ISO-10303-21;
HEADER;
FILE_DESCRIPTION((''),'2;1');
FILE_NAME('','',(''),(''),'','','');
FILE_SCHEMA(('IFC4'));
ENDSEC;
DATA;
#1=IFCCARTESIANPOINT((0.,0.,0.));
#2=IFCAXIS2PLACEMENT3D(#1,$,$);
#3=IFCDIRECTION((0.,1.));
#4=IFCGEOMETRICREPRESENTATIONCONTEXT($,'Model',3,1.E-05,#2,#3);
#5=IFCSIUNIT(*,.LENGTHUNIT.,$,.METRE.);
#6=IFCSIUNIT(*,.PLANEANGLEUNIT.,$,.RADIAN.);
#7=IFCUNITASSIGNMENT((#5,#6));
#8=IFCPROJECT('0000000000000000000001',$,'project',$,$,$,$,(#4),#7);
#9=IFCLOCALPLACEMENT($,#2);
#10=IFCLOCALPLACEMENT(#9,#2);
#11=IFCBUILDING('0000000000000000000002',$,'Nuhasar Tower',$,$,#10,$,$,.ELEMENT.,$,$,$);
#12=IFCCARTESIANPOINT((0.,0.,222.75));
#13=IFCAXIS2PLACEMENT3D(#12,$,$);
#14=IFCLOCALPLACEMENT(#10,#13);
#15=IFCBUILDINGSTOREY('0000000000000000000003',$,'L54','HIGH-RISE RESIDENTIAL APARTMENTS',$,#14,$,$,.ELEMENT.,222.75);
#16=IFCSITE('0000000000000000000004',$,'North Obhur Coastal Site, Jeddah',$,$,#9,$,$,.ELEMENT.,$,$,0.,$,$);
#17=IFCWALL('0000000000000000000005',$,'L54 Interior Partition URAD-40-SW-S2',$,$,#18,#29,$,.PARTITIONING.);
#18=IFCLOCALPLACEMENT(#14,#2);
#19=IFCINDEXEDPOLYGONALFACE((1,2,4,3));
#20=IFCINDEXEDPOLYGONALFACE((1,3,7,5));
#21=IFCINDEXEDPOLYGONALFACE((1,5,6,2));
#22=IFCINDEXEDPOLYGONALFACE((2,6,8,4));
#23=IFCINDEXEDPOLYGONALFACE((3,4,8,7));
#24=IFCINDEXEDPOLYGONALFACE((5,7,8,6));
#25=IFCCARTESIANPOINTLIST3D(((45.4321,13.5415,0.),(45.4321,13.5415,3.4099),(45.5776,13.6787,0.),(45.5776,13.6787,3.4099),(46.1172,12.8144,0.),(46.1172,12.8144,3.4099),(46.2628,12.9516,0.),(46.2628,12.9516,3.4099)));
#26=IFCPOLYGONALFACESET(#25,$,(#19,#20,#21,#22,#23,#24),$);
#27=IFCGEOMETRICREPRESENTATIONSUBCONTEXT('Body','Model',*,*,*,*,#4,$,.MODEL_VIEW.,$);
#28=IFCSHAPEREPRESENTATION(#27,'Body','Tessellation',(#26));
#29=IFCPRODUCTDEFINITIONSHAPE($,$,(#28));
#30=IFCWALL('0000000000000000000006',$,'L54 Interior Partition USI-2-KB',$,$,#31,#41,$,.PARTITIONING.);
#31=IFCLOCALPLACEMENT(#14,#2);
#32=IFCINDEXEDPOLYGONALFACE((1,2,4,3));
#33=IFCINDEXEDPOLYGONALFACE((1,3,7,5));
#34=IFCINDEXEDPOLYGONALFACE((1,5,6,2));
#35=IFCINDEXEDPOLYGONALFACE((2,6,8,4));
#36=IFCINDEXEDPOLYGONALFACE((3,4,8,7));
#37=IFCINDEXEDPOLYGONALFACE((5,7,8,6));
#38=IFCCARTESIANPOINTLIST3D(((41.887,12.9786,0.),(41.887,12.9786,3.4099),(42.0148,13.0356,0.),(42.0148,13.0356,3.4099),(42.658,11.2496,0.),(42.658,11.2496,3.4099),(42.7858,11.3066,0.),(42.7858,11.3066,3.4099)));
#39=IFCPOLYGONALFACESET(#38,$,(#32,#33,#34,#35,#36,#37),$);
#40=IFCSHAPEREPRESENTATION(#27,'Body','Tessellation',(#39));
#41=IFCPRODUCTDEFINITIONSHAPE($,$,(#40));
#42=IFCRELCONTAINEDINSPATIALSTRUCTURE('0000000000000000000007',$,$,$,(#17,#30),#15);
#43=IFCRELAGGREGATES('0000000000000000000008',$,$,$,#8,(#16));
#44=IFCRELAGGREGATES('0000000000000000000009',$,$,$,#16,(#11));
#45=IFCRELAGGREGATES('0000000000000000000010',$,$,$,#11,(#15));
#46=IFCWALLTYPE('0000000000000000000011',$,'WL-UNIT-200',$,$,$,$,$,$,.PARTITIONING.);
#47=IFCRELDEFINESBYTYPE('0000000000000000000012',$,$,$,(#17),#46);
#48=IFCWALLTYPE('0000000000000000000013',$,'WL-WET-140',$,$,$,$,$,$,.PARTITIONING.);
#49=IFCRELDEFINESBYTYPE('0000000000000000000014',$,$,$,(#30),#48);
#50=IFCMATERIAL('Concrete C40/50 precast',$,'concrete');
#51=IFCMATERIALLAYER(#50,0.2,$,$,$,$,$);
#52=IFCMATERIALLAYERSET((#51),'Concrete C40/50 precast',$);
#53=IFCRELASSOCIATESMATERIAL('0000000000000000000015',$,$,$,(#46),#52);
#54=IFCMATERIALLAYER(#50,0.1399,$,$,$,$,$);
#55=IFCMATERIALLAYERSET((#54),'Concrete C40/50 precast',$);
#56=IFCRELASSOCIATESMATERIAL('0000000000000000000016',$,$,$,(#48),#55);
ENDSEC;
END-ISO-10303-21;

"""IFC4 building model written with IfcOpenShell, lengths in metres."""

from ifc_helpers import new_model, si_unit, direction, frame, frame_2d, origin, place, context, subcontext, project, spatial, rectangle, extrude, material, layer, layer_set, type_object, element, save


model = new_model("IFC4")

# Units and contexts
model_context = context("Model", 3, precision=1e-05, world=origin(), true_north=direction((0.0, 1.0)))
body_context = subcontext(model_context, "Body", "Model", "MODEL_VIEW")
ifc_project = project(units=[si_unit("LENGTHUNIT", "METRE"), si_unit("PLANEANGLEUNIT", "RADIAN")], contexts=[model_context])

# Site, building, storey
site_placement = place(None, origin())
site = spatial("IfcSite", under=ifc_project, at=site_placement, Name="North Obhur Coastal Site, Jeddah", CompositionType="ELEMENT", RefElevation=0.0)
building_placement = place(site_placement, origin())
building = spatial("IfcBuilding", under=site, at=building_placement, Name="Nuhasar Tower", CompositionType="ELEMENT")
storey_placement = place(building_placement, frame((0.0, 0.0, 222.75)))
storey = spatial("IfcBuildingStorey", under=building, at=storey_placement, Name="L54", Description="HIGH-RISE RESIDENTIAL APARTMENTS", CompositionType="ELEMENT", Elevation=222.75)

# Walls
ifc_material_1 = material(Name="Concrete C40/50 precast", Category="concrete")
ifc_layer_1 = layer(ifc_material_1, 0.2)
ifc_layer_set_1 = layer_set([ifc_layer_1], Name="Concrete C40/50 precast")
wall_type_1 = type_object("IfcWallType", Name="WL-UNIT-200", PredefinedType="PARTITIONING", material=ifc_layer_set_1)
wall_1_placement = place(storey_placement, frame((45.5049, 13.6101, 0.0), z_axis=(0.0, 0.0, 1.0), x_axis=(0.685776, -0.727812, 0.0)))
element("IfcWall", 1, at=wall_1_placement, inside=storey, type_object=wall_type_1, Name="L54 Interior Partition URAD-40-SW-S2", PredefinedType="PARTITIONING", context=body_context, shape_type="SweptSolid", body=[
    extrude(rectangle(XDim=0.999, YDim=0.2, at=frame_2d((0.4995, 0.0))), origin(), (0.0, 0.0, 1.0), 3.4099),
])
ifc_layer_2 = layer(ifc_material_1, 0.1399)
ifc_layer_set_2 = layer_set([ifc_layer_2], Name="Concrete C40/50 precast")
wall_type_2 = type_object("IfcWallType", Name="WL-WET-140", PredefinedType="PARTITIONING", material=ifc_layer_set_2)
wall_2_placement = place(storey_placement, frame((41.9509, 13.0071, 0.0), z_axis=(0.0, 0.0, 1.0), x_axis=(0.407263, -0.913311, 0.0)))
element("IfcWall", 2, at=wall_2_placement, inside=storey, type_object=wall_type_2, Name="L54 Interior Partition USI-2-KB", PredefinedType="PARTITIONING", context=body_context, shape_type="SweptSolid", body=[
    extrude(rectangle(XDim=1.8931, YDim=0.1399, at=frame_2d((0.9465, 0.0))), origin(), (0.0, 0.0, 1.0), 3.4099),
])

save(model, "model.ifc")
